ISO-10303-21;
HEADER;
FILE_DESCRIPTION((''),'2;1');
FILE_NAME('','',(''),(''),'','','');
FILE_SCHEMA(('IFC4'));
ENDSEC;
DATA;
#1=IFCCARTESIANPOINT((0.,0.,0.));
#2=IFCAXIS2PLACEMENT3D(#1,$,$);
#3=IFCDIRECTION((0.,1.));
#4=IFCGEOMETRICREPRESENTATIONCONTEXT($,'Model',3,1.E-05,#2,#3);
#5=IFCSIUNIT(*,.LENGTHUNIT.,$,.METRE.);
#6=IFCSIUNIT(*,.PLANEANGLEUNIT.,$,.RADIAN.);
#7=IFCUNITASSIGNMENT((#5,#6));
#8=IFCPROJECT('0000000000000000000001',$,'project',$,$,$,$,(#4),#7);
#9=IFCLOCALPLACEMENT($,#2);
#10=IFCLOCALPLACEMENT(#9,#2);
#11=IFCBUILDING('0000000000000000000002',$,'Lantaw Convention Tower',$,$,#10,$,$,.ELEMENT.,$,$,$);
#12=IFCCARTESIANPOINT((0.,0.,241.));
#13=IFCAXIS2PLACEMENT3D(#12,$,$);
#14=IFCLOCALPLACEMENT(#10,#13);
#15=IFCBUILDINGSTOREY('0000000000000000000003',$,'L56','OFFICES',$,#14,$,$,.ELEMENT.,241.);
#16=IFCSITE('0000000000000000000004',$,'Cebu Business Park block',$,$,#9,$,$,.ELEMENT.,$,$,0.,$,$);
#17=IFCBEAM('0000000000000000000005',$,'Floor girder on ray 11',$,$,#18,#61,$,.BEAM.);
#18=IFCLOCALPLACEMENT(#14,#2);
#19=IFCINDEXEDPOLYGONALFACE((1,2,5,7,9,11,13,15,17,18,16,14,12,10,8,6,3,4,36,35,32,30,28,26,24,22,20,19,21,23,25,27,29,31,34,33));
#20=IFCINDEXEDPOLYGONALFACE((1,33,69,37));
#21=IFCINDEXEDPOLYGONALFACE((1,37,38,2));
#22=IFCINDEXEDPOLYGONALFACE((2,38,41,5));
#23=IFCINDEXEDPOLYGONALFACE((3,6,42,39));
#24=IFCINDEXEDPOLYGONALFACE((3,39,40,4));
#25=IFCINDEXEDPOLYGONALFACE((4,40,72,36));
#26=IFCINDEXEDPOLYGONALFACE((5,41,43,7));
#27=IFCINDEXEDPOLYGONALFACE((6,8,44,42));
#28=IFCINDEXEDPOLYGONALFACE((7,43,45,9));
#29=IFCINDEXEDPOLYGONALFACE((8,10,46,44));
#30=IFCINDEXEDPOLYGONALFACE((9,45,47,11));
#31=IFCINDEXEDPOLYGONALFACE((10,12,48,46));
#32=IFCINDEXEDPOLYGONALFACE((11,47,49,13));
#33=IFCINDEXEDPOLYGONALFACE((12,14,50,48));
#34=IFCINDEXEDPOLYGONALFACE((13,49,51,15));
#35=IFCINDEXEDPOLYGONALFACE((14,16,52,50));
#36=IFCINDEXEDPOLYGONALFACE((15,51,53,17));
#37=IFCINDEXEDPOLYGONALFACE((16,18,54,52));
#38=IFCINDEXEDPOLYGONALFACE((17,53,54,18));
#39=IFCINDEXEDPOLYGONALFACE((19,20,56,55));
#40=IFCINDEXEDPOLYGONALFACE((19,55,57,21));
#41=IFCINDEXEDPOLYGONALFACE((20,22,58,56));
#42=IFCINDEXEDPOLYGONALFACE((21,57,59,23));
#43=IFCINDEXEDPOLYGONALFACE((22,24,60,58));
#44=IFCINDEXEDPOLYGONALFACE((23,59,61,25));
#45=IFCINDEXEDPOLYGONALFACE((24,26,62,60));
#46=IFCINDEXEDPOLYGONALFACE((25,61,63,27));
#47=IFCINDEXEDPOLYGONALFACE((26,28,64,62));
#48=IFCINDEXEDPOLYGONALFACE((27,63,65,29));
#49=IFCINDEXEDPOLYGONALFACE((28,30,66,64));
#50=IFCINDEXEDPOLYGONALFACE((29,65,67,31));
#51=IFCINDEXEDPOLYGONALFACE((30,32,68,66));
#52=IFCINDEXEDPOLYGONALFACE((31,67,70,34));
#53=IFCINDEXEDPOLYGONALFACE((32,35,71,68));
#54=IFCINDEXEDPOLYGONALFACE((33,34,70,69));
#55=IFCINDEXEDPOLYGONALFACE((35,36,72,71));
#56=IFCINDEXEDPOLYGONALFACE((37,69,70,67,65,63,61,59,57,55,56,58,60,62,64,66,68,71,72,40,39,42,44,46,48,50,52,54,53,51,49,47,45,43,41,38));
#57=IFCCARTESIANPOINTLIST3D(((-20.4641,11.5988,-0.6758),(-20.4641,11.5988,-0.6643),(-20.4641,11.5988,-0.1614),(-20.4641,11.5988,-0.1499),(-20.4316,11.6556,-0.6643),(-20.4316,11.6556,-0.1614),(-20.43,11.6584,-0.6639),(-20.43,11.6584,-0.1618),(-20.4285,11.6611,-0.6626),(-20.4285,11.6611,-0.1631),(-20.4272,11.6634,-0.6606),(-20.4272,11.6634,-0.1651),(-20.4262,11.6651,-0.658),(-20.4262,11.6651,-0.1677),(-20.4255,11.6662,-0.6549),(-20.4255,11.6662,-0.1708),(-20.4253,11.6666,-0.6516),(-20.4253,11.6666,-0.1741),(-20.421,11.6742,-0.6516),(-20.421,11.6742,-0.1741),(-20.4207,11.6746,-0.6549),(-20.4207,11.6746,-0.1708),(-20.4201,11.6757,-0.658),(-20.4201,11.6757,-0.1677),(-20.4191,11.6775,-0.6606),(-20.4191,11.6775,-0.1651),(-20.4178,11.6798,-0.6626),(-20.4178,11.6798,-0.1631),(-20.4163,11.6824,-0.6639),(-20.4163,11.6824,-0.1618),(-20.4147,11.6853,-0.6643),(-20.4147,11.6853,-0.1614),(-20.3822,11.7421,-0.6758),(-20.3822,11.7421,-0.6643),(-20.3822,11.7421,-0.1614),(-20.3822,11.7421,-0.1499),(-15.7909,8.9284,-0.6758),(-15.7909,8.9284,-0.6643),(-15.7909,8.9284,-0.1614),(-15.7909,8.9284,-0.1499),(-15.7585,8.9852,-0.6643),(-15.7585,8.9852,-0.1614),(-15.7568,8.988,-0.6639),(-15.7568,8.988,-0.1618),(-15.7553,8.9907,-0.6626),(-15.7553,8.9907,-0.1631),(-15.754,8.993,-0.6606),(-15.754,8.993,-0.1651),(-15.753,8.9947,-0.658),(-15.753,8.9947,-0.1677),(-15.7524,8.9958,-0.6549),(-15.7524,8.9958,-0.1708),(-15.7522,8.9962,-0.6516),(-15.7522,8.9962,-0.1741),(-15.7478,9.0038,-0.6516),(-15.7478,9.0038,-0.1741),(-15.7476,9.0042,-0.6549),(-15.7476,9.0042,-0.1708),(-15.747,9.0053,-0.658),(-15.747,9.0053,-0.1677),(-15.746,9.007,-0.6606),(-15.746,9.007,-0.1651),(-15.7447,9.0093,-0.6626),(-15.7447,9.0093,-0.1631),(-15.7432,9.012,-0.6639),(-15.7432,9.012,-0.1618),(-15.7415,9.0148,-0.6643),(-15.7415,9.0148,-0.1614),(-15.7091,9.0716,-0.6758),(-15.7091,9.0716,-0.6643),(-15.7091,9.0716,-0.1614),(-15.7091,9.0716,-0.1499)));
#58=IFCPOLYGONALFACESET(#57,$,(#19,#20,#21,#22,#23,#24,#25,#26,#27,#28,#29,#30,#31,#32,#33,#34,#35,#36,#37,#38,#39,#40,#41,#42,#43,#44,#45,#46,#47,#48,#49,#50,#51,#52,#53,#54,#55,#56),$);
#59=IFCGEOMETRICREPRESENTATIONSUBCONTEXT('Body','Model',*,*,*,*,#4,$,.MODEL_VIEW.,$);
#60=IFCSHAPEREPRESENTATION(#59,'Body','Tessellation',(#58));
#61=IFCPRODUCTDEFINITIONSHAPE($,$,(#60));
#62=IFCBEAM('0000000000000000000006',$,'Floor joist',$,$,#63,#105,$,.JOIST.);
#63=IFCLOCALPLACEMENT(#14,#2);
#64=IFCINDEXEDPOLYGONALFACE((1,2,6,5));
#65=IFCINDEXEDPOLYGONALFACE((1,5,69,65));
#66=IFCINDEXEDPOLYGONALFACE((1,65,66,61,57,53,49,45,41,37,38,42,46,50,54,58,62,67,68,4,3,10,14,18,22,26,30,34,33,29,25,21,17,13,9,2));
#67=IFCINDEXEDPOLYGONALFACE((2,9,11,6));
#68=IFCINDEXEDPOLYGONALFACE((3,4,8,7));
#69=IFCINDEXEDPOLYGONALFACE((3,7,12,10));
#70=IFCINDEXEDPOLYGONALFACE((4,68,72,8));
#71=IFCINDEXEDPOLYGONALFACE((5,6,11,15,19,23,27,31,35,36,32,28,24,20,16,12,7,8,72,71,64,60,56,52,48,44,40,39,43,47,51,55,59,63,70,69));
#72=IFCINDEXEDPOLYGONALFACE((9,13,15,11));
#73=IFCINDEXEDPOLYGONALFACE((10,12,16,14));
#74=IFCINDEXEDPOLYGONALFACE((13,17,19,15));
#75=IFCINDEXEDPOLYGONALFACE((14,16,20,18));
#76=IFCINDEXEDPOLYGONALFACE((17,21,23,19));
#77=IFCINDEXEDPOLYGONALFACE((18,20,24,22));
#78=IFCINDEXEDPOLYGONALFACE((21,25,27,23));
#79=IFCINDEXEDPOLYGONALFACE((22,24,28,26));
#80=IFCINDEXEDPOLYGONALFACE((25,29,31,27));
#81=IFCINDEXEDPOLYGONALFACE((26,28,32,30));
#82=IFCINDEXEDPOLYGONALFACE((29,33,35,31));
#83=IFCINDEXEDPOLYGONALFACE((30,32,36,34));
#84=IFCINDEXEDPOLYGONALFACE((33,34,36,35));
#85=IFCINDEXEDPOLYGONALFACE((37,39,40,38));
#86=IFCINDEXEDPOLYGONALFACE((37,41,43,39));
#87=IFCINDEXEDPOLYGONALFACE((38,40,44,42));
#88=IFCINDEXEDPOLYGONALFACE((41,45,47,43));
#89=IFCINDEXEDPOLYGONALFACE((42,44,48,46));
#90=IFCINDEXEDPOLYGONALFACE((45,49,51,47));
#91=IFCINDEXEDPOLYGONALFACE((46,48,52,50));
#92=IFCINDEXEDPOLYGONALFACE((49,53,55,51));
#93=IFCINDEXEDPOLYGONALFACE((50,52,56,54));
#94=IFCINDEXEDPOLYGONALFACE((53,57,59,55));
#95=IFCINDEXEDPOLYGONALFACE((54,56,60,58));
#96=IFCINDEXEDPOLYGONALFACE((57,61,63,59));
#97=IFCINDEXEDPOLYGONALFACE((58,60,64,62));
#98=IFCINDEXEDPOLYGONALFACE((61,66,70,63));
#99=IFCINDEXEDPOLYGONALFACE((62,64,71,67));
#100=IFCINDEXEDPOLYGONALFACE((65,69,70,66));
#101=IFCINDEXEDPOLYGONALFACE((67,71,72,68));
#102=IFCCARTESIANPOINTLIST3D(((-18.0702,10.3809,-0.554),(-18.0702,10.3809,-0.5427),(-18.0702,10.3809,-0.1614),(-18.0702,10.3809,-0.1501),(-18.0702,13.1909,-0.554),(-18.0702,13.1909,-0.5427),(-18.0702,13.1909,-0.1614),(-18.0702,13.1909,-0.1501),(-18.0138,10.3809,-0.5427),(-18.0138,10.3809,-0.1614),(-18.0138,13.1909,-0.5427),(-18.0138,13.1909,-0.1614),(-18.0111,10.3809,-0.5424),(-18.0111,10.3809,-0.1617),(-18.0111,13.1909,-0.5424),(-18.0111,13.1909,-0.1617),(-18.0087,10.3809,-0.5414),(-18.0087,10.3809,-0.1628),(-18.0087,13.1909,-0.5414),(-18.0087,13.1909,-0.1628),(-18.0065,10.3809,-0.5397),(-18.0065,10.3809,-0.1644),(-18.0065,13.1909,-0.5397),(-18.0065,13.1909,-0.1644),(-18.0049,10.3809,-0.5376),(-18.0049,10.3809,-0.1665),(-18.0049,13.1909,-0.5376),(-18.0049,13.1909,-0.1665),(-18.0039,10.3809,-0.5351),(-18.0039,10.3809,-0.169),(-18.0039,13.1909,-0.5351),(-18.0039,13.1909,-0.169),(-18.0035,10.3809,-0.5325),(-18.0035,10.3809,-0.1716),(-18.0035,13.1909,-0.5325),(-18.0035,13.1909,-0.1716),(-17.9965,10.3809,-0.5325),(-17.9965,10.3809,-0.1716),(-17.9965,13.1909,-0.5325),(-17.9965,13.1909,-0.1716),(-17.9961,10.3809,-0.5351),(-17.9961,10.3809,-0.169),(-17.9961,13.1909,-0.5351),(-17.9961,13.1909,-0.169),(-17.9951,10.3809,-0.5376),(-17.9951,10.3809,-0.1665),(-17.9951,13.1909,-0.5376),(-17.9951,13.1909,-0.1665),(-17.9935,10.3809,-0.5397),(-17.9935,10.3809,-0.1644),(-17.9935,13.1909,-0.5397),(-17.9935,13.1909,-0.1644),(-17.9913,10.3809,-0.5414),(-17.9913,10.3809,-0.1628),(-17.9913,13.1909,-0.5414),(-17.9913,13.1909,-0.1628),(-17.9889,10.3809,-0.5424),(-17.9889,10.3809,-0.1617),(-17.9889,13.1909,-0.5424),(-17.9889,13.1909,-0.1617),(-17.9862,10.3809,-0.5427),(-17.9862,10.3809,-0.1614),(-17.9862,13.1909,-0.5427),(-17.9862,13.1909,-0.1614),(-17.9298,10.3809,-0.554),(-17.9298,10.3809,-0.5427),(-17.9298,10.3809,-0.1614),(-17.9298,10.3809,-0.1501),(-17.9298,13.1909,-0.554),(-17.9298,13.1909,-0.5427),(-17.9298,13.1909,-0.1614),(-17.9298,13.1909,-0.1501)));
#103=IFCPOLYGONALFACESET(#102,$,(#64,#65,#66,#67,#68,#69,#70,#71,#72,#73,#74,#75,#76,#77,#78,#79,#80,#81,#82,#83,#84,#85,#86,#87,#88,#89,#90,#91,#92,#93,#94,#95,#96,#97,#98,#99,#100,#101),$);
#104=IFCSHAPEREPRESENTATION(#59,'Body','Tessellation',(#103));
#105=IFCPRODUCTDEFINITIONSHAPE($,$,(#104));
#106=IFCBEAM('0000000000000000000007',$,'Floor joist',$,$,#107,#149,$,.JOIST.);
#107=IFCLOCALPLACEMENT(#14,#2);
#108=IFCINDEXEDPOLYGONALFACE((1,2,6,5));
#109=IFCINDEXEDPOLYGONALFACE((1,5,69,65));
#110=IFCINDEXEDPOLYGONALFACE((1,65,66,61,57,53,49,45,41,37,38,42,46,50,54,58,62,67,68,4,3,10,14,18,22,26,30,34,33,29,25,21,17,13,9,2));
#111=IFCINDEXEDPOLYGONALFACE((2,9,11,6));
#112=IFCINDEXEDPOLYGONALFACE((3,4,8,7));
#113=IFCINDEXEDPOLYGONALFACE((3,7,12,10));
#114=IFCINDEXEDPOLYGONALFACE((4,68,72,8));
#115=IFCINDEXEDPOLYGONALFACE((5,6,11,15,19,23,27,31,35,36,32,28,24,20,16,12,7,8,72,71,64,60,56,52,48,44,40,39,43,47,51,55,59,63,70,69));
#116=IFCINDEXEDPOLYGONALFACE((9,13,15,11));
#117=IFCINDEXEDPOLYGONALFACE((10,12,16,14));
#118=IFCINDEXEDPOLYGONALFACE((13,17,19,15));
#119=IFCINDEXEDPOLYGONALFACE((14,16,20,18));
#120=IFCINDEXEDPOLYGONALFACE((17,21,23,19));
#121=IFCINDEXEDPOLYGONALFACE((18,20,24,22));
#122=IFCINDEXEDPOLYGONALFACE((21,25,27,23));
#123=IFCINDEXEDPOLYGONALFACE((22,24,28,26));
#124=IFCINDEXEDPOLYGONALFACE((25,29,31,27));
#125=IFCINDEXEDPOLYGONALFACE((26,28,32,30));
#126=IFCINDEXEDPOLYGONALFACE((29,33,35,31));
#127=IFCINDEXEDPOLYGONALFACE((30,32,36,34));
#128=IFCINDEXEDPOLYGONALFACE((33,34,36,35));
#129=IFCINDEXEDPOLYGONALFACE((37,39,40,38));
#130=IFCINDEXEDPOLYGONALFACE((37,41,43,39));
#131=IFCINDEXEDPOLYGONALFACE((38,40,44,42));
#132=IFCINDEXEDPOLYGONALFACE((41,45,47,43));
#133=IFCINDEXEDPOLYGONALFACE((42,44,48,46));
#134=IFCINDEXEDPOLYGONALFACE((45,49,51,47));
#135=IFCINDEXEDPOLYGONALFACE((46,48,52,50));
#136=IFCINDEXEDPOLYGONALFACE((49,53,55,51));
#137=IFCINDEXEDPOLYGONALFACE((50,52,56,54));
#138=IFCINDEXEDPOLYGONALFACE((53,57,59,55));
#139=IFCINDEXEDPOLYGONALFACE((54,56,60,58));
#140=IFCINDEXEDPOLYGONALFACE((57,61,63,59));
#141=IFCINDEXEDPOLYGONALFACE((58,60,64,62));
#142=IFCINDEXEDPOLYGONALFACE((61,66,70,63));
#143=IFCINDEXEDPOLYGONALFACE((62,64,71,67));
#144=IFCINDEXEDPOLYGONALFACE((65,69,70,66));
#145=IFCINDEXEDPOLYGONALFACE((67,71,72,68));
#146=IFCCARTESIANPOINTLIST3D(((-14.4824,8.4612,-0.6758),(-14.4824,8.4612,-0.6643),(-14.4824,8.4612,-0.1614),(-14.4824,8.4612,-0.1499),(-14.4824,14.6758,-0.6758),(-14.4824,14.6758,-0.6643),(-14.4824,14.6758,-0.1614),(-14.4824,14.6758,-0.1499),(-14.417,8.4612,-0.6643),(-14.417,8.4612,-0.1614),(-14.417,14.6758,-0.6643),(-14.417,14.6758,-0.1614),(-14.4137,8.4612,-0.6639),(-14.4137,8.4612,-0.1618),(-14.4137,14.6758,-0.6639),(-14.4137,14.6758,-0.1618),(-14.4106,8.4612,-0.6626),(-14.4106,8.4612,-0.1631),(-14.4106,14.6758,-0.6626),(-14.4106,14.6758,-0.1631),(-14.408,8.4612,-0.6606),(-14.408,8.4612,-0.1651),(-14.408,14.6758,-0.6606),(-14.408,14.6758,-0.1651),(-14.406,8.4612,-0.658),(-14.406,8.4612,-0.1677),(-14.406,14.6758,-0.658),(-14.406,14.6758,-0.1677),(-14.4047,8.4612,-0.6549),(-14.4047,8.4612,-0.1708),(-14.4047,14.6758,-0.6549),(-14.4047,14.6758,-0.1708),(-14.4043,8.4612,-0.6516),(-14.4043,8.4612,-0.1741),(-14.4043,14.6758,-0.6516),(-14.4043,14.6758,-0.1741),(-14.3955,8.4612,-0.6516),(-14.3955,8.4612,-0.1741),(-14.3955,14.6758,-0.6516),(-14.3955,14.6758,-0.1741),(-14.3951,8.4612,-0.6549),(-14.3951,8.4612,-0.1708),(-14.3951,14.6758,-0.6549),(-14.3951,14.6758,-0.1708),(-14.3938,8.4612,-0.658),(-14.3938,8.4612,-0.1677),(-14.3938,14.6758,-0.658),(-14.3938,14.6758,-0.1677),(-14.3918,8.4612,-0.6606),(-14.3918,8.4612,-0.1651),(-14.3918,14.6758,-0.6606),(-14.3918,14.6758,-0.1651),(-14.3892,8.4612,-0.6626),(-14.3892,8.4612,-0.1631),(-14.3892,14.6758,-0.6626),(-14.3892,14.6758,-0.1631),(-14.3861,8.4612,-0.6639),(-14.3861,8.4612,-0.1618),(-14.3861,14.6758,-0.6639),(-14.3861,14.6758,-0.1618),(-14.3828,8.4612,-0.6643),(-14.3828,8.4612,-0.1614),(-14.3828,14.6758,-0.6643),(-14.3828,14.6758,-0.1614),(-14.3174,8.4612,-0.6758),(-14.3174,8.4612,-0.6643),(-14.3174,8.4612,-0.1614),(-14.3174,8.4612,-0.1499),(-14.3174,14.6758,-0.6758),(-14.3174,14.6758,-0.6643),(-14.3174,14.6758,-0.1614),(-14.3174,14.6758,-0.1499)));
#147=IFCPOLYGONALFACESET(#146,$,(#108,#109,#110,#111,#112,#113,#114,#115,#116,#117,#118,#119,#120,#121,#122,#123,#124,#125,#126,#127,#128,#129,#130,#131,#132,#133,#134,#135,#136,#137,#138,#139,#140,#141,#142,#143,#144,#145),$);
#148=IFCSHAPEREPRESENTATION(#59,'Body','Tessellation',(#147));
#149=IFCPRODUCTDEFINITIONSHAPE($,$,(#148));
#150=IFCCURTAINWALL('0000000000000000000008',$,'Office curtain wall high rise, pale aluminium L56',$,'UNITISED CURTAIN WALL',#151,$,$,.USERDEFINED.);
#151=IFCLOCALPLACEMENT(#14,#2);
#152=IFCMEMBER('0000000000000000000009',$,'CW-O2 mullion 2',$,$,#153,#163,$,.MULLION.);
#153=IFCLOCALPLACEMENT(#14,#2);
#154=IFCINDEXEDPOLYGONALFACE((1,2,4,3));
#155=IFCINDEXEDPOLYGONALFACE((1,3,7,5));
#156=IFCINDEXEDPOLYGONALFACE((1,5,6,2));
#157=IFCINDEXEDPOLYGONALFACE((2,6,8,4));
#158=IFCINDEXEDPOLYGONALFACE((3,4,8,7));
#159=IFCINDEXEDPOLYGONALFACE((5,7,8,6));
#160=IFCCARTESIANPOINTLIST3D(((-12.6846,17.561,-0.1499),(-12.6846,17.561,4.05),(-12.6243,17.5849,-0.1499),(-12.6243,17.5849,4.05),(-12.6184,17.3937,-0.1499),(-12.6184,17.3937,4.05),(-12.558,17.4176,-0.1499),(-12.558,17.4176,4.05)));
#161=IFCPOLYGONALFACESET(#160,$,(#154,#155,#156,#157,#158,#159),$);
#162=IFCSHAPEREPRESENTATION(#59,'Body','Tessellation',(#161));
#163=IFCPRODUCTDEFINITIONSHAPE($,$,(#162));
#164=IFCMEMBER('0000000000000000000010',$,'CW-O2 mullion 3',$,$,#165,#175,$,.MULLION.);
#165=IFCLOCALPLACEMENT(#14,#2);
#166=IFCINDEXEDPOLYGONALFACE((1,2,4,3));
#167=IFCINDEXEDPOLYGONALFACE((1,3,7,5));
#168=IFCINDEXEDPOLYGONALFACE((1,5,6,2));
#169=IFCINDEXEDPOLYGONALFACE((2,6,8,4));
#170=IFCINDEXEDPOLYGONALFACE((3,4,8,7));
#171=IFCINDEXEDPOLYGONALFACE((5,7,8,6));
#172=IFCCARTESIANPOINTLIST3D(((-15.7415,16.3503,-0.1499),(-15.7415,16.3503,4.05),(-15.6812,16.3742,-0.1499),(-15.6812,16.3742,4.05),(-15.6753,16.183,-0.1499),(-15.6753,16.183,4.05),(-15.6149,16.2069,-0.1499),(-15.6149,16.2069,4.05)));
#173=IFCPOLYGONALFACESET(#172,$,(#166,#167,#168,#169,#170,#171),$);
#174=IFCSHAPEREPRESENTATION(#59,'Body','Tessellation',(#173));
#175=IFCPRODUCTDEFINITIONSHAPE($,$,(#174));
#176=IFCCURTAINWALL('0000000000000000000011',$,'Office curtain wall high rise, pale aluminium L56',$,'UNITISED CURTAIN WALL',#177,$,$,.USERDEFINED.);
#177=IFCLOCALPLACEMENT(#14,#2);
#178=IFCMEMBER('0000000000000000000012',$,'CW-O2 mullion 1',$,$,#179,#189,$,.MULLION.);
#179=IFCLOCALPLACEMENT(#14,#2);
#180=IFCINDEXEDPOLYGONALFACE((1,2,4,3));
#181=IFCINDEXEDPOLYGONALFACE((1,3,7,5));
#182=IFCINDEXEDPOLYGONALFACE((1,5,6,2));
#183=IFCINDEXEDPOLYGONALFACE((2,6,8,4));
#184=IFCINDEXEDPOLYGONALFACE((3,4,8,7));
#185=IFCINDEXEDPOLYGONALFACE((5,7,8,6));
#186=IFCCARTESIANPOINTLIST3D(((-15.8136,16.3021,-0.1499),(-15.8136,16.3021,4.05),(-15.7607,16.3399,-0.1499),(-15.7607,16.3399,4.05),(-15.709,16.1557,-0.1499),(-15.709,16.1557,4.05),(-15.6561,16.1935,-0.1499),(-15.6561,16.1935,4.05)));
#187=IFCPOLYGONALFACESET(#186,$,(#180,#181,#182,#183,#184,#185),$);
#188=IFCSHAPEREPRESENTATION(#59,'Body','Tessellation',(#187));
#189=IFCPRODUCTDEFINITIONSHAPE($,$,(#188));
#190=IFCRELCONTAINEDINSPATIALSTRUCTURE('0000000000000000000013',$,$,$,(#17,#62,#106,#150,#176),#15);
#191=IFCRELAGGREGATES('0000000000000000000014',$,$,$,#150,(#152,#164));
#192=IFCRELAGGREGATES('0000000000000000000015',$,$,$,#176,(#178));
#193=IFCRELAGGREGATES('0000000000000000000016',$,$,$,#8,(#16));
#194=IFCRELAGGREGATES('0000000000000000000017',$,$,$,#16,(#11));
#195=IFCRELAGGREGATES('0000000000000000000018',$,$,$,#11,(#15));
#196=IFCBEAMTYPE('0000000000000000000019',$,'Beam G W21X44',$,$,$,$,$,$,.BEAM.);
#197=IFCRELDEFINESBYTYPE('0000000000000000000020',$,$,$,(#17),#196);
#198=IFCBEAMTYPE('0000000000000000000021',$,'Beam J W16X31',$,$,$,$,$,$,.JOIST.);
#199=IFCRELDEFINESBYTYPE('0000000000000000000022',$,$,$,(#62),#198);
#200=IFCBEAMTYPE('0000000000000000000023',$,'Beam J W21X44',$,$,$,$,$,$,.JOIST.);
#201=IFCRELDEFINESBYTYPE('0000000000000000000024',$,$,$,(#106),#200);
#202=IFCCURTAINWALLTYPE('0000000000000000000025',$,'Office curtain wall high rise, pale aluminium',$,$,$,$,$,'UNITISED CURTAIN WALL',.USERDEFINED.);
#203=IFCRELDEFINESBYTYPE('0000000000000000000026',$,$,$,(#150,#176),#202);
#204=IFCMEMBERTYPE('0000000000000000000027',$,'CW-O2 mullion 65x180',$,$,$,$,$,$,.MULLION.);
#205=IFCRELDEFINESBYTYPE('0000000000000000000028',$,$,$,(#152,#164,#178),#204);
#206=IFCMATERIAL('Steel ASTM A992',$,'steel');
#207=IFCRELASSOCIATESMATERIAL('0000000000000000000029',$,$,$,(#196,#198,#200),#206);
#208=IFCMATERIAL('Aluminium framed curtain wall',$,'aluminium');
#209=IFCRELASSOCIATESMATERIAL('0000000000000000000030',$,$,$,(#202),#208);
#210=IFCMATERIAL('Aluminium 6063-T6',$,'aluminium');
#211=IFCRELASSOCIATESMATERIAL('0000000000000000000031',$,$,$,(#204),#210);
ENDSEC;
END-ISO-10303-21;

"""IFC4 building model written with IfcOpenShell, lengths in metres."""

from ifc_helpers import new_model, si_unit, direction, frame, origin, origin_2d, place, context, subcontext, project, spatial, rectangle, i_section, extrude, material, material_profile, profile_set, type_object, element, aggregate, save


model = new_model("IFC4")

# Units and contexts
model_context = context("Model", 3, precision=1e-05, world=origin(), true_north=direction((0.0, 1.0)))
body_context = subcontext(model_context, "Body", "Model", "MODEL_VIEW")
ifc_project = project(units=[si_unit("LENGTHUNIT", "METRE"), si_unit("PLANEANGLEUNIT", "RADIAN")], contexts=[model_context])

# Site, building, storey
site_placement = place(None, origin())
site = spatial("IfcSite", under=ifc_project, at=site_placement, Name="Cebu Business Park block", CompositionType="ELEMENT", RefElevation=0.0)
building_placement = place(site_placement, origin())
building = spatial("IfcBuilding", under=site, at=building_placement, Name="Lantaw Convention Tower", CompositionType="ELEMENT")
storey_placement = place(building_placement, frame((0.0, 0.0, 241.0)))
storey = spatial("IfcBuildingStorey", under=building, at=storey_placement, Name="L56", Description="OFFICES", CompositionType="ELEMENT", Elevation=241.0)

# Beams
ifc_material_1 = material(Name="Steel ASTM A992", Category="steel")
ifc_material_profile_1 = material_profile(ifc_material_1, i_section(OverallWidth=0.165, OverallDepth=0.5259, WebThickness=0.0088, FlangeThickness=0.0115, FilletRadius=0.0127, at=origin_2d()), Name="W21X44")
ifc_profile_set_1 = profile_set([ifc_material_profile_1], Name="Steel ASTM A992")
beam_type_1 = type_object("IfcBeamType", Name="Beam G W21X44", PredefinedType="BEAM", material=ifc_profile_set_1)
beam_1_placement = place(storey_placement, frame((-15.75, 9.0, -0.4128), z_axis=(-0.868238, 0.496149, 0.0), x_axis=(-0.496149, -0.868238, 0.0)))
element("IfcBeam", 1, at=beam_1_placement, inside=storey, type_object=beam_type_1, Name="Floor girder on ray 11", PredefinedType="BEAM", context=body_context, shape_type="SweptSolid", body=[
    extrude(i_section(OverallWidth=0.165, OverallDepth=0.5259, WebThickness=0.0088, FlangeThickness=0.0115, FilletRadius=0.0127, at=origin_2d()), origin(), (0.0, 0.0, 1.0), 5.3823),
])
ifc_material_profile_2 = material_profile(ifc_material_1, i_section(OverallWidth=0.1404, OverallDepth=0.4038, WebThickness=0.0071, FlangeThickness=0.0112, FilletRadius=0.0103, at=origin_2d()), Name="W16X31")
ifc_profile_set_2 = profile_set([ifc_material_profile_2], Name="Steel ASTM A992")
beam_type_2 = type_object("IfcBeamType", Name="Beam J W16X31", PredefinedType="JOIST", material=ifc_profile_set_2)
beam_2_placement = place(storey_placement, frame((-18.0, 10.3809, -0.3521), z_axis=(0.0, 1.0, 0.0), x_axis=(-1.0, 0.0, 0.0)))
element("IfcBeam", 2, at=beam_2_placement, inside=storey, type_object=beam_type_2, Name="Floor joist", PredefinedType="JOIST", context=body_context, shape_type="SweptSolid", body=[
    extrude(i_section(OverallWidth=0.1404, OverallDepth=0.4038, WebThickness=0.0071, FlangeThickness=0.0112, FilletRadius=0.0103, at=origin_2d()), origin(), (0.0, 0.0, 1.0), 2.8101),
])
ifc_material_profile_3 = material_profile(ifc_material_1, i_section(OverallWidth=0.165, OverallDepth=0.5259, WebThickness=0.0088, FlangeThickness=0.0115, FilletRadius=0.0127, at=origin_2d()), Name="W21X44")
ifc_profile_set_3 = profile_set([ifc_material_profile_3], Name="Steel ASTM A992")
beam_type_3 = type_object("IfcBeamType", Name="Beam J W21X44", PredefinedType="JOIST", material=ifc_profile_set_3)
beam_3_placement = place(storey_placement, frame((-14.3999, 8.4612, -0.4128), z_axis=(0.0, 1.0, 0.0), x_axis=(-1.0, 0.0, 0.0)))
element("IfcBeam", 3, at=beam_3_placement, inside=storey, type_object=beam_type_3, Name="Floor joist", PredefinedType="JOIST", context=body_context, shape_type="SweptSolid", body=[
    extrude(i_section(OverallWidth=0.165, OverallDepth=0.5259, WebThickness=0.0088, FlangeThickness=0.0115, FilletRadius=0.0127, at=origin_2d()), origin(), (0.0, 0.0, 1.0), 6.2146),
])

# Curtain walls, members
ifc_material_2 = material(Name="Aluminium framed curtain wall", Category="aluminium")
curtain_wall_type = type_object("IfcCurtainWallType", Name="Office curtain wall high rise, pale aluminium", ElementType="UNITISED CURTAIN WALL", PredefinedType="USERDEFINED", material=ifc_material_2)
curtain_wall_1_placement = place(storey_placement, origin())
curtain_wall_1 = element("IfcCurtainWall", 4, at=curtain_wall_1_placement, inside=storey, type_object=curtain_wall_type, Name="Office curtain wall high rise, pale aluminium L56", ObjectType="UNITISED CURTAIN WALL", PredefinedType="USERDEFINED")
ifc_material_3 = material(Name="Aluminium 6063-T6", Category="aluminium")
ifc_material_profile_4 = material_profile(ifc_material_3, rectangle(XDim=0.1799, YDim=0.0649, at=origin_2d()), Name="CW-O2 mullion 65x180")
ifc_profile_set_4 = profile_set([ifc_material_profile_4], Name="Aluminium 6063-T6")
member_type_1 = type_object("IfcMemberType", Name="CW-O2 mullion 65x180", PredefinedType="MULLION", material=ifc_profile_set_4)
member_1_placement = place(storey_placement, frame((-12.6213, 17.4893, -0.1499), z_axis=(0.0, 0.0, 1.0), x_axis=(0.368162, -0.929762, 0.0)))
member_1 = element("IfcMember", 5, at=member_1_placement, type_object=member_type_1, Name="CW-O2 mullion 2", PredefinedType="MULLION", context=body_context, shape_type="SweptSolid", body=[
    extrude(rectangle(XDim=0.1799, YDim=0.0649, at=origin_2d()), origin(), (0.0, 0.0, 1.0), 4.2),
])
member_2_placement = place(storey_placement, frame((-15.6782, 16.2786, -0.1499), z_axis=(0.0, 0.0, 1.0), x_axis=(0.368162, -0.929762, 0.0)))
member_2 = element("IfcMember", 6, at=member_2_placement, type_object=member_type_1, Name="CW-O2 mullion 3", PredefinedType="MULLION", context=body_context, shape_type="SweptSolid", body=[
    extrude(rectangle(XDim=0.1799, YDim=0.0649, at=origin_2d()), origin(), (0.0, 0.0, 1.0), 4.2),
])
curtain_wall_2_placement = place(storey_placement, origin())
curtain_wall_2 = element("IfcCurtainWall", 7, at=curtain_wall_2_placement, inside=storey, type_object=curtain_wall_type, Name="Office curtain wall high rise, pale aluminium L56", ObjectType="UNITISED CURTAIN WALL", PredefinedType="USERDEFINED")
member_3_placement = place(storey_placement, frame((-15.7349, 16.2478, -0.1499), z_axis=(0.0, 0.0, 1.0), x_axis=(0.581323, -0.813673, 0.0)))
member_3 = element("IfcMember", 8, at=member_3_placement, type_object=member_type_1, Name="CW-O2 mullion 1", PredefinedType="MULLION", context=body_context, shape_type="SweptSolid", body=[
    extrude(rectangle(XDim=0.1799, YDim=0.0649, at=origin_2d()), origin(), (0.0, 0.0, 1.0), 4.2),
])

aggregate(curtain_wall_1, [member_1, member_2])
aggregate(curtain_wall_2, [member_3])

save(model, "model.ifc")
